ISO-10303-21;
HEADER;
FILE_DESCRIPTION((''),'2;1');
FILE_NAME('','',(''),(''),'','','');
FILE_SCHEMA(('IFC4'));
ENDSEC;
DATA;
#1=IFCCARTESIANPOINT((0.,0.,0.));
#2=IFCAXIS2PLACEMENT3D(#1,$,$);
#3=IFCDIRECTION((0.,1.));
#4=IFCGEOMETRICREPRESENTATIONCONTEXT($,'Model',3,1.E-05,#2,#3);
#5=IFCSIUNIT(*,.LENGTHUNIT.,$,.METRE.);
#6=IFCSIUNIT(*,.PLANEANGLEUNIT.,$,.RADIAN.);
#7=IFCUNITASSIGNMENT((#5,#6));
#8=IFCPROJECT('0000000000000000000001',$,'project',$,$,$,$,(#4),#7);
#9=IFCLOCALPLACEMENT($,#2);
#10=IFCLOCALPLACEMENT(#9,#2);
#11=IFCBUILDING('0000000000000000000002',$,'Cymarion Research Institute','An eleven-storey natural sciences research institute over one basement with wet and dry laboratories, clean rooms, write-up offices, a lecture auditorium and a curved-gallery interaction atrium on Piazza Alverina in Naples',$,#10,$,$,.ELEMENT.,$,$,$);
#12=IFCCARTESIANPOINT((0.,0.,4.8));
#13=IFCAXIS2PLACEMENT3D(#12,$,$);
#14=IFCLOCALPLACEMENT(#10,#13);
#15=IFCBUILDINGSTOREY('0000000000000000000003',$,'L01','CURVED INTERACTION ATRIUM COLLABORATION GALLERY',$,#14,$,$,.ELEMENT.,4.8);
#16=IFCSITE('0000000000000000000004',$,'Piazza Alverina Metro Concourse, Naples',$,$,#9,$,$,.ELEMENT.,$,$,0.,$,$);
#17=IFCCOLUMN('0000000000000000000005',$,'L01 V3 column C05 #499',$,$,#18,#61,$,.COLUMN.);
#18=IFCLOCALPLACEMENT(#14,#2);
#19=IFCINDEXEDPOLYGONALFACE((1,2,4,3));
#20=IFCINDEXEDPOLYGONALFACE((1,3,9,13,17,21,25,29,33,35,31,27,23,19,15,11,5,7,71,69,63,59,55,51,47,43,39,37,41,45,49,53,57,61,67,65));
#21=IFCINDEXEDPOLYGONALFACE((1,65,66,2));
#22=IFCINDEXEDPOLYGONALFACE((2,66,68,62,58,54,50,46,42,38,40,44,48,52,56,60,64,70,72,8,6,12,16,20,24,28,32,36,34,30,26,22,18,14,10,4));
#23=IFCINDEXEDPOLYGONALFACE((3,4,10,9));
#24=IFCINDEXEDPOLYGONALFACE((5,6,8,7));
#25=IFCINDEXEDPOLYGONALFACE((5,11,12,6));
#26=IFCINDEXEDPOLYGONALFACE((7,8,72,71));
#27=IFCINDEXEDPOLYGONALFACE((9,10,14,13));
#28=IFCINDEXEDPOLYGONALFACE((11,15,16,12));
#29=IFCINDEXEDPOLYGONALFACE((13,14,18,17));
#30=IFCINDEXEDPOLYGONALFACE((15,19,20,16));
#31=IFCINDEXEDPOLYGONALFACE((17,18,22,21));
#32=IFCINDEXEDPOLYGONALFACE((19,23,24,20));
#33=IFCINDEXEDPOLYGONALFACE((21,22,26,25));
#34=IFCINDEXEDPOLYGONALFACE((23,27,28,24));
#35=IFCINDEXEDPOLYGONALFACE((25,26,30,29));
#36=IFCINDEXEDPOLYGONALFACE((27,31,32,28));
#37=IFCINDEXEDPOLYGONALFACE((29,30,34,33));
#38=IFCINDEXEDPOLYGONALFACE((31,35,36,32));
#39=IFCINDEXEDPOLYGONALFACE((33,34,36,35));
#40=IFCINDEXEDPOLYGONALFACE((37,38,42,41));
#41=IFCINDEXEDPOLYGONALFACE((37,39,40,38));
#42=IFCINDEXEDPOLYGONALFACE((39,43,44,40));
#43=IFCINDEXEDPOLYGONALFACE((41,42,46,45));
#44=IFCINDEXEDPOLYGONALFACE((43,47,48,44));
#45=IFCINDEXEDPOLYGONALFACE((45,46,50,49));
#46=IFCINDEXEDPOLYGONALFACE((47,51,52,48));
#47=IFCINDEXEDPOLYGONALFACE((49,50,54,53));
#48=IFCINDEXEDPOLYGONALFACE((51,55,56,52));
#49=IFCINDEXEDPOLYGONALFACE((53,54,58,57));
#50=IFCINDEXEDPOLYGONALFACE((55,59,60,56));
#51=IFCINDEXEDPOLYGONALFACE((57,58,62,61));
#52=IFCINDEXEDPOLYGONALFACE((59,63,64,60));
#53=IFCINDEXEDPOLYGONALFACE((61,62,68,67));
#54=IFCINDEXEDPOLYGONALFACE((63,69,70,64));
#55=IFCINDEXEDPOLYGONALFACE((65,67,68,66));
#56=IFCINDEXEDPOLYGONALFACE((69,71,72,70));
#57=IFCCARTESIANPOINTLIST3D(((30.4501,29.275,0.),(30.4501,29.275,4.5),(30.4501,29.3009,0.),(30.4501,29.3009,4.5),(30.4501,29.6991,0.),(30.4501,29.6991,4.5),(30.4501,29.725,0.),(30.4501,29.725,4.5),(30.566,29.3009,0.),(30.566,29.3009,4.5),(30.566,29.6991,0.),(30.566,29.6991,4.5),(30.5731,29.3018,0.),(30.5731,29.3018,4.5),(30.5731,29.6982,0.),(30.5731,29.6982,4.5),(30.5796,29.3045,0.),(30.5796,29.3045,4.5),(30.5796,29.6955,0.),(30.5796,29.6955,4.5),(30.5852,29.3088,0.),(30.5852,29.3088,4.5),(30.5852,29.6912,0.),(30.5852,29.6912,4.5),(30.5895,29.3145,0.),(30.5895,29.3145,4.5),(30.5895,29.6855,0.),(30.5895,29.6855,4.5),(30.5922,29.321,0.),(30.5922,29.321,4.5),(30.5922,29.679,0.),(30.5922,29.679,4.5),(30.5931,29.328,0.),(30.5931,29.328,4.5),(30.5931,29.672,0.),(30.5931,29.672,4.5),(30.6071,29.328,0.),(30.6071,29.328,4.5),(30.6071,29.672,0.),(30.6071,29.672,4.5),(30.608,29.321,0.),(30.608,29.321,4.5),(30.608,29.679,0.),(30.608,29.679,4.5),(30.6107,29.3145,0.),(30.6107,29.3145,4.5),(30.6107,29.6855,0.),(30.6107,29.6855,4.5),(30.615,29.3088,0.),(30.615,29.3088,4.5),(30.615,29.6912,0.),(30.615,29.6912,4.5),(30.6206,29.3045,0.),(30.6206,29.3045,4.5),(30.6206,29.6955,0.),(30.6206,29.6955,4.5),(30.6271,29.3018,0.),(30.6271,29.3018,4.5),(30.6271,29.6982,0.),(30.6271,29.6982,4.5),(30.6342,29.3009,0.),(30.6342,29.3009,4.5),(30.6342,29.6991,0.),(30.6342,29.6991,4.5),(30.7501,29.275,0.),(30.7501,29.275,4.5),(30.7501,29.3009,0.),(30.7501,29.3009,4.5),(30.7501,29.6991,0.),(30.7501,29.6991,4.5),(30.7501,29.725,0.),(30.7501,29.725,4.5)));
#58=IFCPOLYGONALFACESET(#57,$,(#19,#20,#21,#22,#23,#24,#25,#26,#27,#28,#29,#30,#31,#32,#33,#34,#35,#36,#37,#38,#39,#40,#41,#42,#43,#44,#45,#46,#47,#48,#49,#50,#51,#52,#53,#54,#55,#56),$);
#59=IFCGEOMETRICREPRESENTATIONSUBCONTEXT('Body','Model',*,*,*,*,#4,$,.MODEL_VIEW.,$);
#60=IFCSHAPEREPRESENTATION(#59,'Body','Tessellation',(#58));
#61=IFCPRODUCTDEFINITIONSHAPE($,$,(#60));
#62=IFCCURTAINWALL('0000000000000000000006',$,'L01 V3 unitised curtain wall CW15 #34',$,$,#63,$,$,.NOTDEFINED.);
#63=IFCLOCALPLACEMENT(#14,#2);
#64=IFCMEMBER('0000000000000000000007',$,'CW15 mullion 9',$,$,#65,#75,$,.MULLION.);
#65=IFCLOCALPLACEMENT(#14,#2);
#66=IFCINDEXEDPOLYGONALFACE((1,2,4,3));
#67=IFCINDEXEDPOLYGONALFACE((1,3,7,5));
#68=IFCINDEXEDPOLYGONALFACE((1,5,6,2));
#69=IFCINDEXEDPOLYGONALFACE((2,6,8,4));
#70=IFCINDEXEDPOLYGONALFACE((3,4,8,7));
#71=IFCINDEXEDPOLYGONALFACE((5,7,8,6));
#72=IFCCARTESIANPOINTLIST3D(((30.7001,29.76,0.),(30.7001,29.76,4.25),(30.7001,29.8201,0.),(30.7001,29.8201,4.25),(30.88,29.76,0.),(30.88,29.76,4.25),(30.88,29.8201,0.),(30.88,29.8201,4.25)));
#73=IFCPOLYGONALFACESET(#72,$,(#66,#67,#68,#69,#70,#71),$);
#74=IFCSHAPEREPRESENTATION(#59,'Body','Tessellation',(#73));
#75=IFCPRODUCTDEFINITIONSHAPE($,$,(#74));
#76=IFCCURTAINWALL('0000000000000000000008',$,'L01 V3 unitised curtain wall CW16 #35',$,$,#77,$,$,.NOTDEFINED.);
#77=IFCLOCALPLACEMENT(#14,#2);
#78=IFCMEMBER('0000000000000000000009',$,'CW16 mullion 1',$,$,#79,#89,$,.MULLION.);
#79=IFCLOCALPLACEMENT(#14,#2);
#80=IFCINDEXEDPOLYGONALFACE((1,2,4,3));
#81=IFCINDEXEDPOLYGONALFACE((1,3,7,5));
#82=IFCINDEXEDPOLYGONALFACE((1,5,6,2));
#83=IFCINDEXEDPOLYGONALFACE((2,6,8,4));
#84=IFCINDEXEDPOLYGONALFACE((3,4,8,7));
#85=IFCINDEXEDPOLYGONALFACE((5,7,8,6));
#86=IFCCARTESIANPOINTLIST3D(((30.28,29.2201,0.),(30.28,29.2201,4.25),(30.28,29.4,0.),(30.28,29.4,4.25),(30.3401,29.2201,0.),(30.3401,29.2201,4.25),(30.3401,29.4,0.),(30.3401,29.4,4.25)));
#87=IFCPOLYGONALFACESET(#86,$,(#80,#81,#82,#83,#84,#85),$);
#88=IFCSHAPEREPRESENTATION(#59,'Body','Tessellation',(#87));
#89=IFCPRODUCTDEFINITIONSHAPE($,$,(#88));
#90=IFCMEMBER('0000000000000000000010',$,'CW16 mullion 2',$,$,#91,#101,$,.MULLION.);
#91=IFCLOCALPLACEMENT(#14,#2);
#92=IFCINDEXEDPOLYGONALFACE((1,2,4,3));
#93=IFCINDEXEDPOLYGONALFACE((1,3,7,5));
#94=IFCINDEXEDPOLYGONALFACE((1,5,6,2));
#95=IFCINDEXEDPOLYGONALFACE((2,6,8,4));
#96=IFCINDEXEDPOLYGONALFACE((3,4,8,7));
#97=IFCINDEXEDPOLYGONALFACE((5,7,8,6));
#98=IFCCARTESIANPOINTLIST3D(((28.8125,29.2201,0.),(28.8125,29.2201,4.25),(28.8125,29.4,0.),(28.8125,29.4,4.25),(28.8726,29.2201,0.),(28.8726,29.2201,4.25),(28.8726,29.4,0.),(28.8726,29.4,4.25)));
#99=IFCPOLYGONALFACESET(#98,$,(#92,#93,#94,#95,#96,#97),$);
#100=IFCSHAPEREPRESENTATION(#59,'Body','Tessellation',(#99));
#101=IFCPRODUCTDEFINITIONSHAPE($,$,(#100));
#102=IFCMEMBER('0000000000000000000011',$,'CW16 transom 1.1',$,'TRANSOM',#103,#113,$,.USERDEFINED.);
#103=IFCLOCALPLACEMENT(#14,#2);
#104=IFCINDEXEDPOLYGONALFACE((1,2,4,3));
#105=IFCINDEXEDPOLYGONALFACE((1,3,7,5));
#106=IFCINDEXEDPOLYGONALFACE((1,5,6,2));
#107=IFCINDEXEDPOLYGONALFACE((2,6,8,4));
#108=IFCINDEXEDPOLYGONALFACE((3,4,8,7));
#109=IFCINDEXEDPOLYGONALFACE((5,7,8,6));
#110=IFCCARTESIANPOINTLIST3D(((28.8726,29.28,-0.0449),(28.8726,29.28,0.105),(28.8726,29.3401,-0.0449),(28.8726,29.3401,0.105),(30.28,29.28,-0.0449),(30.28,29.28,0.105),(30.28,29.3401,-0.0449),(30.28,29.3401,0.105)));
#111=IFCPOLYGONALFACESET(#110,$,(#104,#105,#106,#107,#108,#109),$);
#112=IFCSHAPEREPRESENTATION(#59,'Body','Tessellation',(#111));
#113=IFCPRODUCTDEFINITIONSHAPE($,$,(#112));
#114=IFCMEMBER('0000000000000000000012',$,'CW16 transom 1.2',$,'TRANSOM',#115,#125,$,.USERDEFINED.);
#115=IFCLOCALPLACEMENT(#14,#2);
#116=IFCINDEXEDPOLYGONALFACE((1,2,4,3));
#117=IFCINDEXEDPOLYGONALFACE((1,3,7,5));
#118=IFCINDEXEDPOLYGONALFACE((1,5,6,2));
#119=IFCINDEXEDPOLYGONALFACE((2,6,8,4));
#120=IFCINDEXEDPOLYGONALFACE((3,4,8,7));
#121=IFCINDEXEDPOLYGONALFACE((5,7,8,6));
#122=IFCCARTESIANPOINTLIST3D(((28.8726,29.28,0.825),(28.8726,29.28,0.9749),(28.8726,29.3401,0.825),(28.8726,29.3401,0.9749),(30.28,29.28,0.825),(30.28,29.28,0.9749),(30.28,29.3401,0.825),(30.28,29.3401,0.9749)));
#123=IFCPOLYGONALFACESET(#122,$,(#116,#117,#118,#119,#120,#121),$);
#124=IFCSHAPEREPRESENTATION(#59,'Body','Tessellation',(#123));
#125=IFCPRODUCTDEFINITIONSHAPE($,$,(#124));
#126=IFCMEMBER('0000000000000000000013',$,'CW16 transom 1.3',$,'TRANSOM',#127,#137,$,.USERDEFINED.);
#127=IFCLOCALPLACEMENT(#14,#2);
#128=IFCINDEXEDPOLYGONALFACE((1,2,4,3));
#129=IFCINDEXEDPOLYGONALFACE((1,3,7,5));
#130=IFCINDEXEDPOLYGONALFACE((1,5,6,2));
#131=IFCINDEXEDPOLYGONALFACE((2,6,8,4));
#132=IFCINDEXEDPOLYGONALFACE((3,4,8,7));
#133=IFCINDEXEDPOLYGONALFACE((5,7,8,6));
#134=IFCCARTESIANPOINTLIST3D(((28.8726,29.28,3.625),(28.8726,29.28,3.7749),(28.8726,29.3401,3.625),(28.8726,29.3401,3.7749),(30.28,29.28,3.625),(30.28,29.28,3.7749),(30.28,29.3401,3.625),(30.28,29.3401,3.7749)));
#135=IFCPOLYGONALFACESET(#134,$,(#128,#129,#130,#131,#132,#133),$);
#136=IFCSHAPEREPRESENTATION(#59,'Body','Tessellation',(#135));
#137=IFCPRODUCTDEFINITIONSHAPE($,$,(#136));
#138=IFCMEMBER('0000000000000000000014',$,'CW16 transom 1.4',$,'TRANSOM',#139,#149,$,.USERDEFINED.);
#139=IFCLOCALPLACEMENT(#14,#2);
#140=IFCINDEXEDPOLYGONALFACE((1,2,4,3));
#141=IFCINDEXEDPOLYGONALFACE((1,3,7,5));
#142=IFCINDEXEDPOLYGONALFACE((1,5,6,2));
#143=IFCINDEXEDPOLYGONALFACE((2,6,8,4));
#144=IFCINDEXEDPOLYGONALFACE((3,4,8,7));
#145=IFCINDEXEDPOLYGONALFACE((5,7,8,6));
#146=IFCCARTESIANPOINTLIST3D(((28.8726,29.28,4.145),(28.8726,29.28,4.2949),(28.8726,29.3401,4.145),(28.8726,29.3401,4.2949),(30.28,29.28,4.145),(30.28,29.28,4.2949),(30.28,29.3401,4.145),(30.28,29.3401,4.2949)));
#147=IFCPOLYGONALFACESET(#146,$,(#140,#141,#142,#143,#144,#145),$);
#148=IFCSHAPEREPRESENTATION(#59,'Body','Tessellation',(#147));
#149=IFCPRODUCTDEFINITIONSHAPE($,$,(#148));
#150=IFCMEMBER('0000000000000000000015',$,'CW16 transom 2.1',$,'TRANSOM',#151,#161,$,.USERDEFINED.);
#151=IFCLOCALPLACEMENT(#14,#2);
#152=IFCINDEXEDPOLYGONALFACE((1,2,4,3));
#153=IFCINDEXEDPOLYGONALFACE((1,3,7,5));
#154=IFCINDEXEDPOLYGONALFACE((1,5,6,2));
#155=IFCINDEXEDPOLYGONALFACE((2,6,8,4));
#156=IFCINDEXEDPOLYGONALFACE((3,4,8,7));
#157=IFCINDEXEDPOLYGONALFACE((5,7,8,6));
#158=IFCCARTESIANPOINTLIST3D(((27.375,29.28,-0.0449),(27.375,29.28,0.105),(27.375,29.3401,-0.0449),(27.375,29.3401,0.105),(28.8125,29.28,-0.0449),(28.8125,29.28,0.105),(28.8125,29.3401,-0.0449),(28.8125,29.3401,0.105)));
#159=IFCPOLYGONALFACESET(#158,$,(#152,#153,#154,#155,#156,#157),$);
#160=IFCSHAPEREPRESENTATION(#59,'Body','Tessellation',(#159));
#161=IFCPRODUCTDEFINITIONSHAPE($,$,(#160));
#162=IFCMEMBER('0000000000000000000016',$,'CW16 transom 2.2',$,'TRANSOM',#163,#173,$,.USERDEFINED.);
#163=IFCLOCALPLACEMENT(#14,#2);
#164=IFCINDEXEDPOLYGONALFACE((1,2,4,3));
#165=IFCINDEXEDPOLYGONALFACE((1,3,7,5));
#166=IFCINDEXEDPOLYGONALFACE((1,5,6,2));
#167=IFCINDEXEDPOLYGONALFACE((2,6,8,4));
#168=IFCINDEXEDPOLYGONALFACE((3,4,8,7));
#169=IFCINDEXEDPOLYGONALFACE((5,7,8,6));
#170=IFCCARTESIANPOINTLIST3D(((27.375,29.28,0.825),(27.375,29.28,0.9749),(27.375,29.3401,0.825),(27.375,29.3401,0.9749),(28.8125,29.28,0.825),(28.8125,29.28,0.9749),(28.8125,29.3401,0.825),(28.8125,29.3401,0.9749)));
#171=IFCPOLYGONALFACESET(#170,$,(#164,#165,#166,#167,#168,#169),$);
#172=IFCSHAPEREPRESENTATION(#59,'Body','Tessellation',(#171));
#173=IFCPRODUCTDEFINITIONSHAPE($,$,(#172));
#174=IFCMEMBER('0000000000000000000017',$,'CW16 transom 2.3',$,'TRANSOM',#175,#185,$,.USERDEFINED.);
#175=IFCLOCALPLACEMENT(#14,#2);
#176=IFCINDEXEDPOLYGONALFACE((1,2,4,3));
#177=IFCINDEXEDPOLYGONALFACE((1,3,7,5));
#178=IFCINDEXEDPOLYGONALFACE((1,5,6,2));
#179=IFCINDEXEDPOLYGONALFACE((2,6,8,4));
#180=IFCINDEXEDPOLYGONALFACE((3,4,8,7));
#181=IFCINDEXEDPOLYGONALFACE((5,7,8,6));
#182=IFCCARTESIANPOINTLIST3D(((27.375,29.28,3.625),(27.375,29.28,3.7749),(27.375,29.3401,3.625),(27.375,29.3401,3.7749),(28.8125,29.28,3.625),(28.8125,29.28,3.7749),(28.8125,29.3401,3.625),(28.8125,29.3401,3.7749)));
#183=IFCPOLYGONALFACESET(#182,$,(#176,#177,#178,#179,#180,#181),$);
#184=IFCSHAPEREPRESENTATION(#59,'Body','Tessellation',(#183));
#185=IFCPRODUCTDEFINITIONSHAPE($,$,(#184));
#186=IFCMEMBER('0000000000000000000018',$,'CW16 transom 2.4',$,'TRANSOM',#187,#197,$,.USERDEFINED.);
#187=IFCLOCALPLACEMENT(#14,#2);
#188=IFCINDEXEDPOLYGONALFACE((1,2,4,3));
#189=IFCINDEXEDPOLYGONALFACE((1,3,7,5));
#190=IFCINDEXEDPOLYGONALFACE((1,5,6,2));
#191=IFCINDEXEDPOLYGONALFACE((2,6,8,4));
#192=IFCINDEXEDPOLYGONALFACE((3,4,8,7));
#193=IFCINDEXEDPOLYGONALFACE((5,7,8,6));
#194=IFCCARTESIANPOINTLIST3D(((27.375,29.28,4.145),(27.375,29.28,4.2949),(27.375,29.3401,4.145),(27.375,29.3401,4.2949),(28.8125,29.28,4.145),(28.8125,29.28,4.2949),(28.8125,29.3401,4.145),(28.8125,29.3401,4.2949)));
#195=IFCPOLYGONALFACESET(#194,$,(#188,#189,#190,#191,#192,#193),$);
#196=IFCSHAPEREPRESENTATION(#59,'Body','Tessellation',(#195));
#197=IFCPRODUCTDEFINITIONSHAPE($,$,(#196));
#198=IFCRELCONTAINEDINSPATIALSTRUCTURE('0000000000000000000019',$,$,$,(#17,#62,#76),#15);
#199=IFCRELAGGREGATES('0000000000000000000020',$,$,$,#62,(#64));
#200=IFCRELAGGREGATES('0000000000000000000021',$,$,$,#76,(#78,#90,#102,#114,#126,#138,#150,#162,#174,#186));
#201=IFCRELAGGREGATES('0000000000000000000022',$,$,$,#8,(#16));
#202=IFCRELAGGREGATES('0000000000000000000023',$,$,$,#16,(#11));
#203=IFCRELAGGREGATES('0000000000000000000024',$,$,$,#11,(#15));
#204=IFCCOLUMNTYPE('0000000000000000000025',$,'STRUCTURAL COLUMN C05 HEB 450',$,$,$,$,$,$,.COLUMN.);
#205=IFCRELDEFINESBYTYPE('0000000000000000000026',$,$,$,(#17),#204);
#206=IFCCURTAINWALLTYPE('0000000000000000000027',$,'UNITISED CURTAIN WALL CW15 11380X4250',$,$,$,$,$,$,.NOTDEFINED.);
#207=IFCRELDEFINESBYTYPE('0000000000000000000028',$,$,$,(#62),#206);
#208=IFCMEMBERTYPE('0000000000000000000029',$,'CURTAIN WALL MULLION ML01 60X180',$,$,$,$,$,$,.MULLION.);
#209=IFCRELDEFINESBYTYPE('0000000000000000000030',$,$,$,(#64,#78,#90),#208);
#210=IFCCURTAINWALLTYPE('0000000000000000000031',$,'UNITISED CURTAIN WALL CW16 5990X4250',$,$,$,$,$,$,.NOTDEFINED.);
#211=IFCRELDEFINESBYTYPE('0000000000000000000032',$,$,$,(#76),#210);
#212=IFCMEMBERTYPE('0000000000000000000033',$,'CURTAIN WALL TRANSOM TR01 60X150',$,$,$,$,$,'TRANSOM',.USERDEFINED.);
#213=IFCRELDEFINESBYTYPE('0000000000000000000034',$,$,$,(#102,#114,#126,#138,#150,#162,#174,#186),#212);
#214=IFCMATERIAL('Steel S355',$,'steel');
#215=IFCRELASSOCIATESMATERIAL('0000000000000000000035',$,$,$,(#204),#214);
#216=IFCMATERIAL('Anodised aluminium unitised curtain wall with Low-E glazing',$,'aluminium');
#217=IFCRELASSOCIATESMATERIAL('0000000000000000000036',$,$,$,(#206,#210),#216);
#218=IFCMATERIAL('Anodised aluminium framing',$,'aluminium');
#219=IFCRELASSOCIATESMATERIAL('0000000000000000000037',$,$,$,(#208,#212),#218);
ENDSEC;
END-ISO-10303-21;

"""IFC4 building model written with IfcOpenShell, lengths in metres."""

from ifc_helpers import new_model, si_unit, direction, frame, origin, origin_2d, place, context, subcontext, project, spatial, rectangle, i_section, extrude, material, material_profile, profile_set, type_object, element, aggregate, save


model = new_model("IFC4")

# Units and contexts
model_context = context("Model", 3, precision=1e-05, world=origin(), true_north=direction((0.0, 1.0)))
body_context = subcontext(model_context, "Body", "Model", "MODEL_VIEW")
ifc_project = project(units=[si_unit("LENGTHUNIT", "METRE"), si_unit("PLANEANGLEUNIT", "RADIAN")], contexts=[model_context])

# Site, building, storey
site_placement = place(None, origin())
site = spatial("IfcSite", under=ifc_project, at=site_placement, Name="Piazza Alverina Metro Concourse, Naples", CompositionType="ELEMENT", RefElevation=0.0)
building_placement = place(site_placement, origin())
building = spatial("IfcBuilding", under=site, at=building_placement, Name="Cymarion Research Institute", Description="An eleven-storey natural sciences research institute over one basement with wet and dry laboratories, clean rooms, write-up offices, a lecture auditorium and a curved-gallery interaction atrium on Piazza Alverina in Naples", CompositionType="ELEMENT")
storey_placement = place(building_placement, frame((0.0, 0.0, 4.8)))
storey = spatial("IfcBuildingStorey", under=building, at=storey_placement, Name="L01", Description="CURVED INTERACTION ATRIUM COLLABORATION GALLERY", CompositionType="ELEMENT", Elevation=4.8)

# Column
ifc_material_1 = material(Name="Steel S355", Category="steel")
ifc_material_profile_1 = material_profile(ifc_material_1, i_section(OverallWidth=0.3, OverallDepth=0.45, WebThickness=0.0139, FlangeThickness=0.0259, FilletRadius=0.0271, at=origin_2d()), Name="HEB 450")
ifc_profile_set_1 = profile_set([ifc_material_profile_1], Name="Steel S355")
column_type = type_object("IfcColumnType", Name="STRUCTURAL COLUMN C05 HEB 450", PredefinedType="COLUMN", material=ifc_profile_set_1)
column_placement = place(storey_placement, frame((30.6001, 29.5, 0.0), z_axis=(0.0, 0.0, 1.0), x_axis=(1.0, 0.0, 0.0)))
element("IfcColumn", 1, at=column_placement, inside=storey, type_object=column_type, Name="L01 V3 column C05 #499", PredefinedType="COLUMN", context=body_context, shape_type="SweptSolid", body=[
    extrude(i_section(OverallWidth=0.3, OverallDepth=0.45, WebThickness=0.0139, FlangeThickness=0.0259, FilletRadius=0.0271, at=origin_2d()), origin(), (0.0, 0.0, 1.0), 4.5),
])

# Curtain wall, member
ifc_material_2 = material(Name="Anodised aluminium unitised curtain wall with Low-E glazing", Category="aluminium")
curtain_wall_type_1 = type_object("IfcCurtainWallType", Name="UNITISED CURTAIN WALL CW15 11380X4250", PredefinedType="NOTDEFINED", material=ifc_material_2)
curtain_wall_1_placement = place(storey_placement, origin())
curtain_wall_1 = element("IfcCurtainWall", 2, at=curtain_wall_1_placement, inside=storey, type_object=curtain_wall_type_1, Name="L01 V3 unitised curtain wall CW15 #34", PredefinedType="NOTDEFINED")
ifc_material_3 = material(Name="Anodised aluminium framing", Category="aluminium")
ifc_material_profile_2 = material_profile(ifc_material_3, rectangle(XDim=0.0601, YDim=0.1799, at=origin_2d()), Name="ALU MULLION 60x180")
ifc_profile_set_2 = profile_set([ifc_material_profile_2], Name="Anodised aluminium framing")
member_type_1 = type_object("IfcMemberType", Name="CURTAIN WALL MULLION ML01 60X180", PredefinedType="MULLION", material=ifc_profile_set_2)
member_1_placement = place(storey_placement, frame((30.79, 29.79, 0.0), z_axis=(0.0, 0.0, 1.0), x_axis=(0.0, -1.0, 0.0)))
member_1 = element("IfcMember", 3, at=member_1_placement, type_object=member_type_1, Name="CW15 mullion 9", PredefinedType="MULLION", context=body_context, shape_type="SweptSolid", body=[
    extrude(rectangle(XDim=0.0601, YDim=0.1799, at=origin_2d()), origin(), (0.0, 0.0, 1.0), 4.25),
])

# Curtain wall, members
curtain_wall_type_2 = type_object("IfcCurtainWallType", Name="UNITISED CURTAIN WALL CW16 5990X4250", PredefinedType="NOTDEFINED", material=ifc_material_2)
curtain_wall_2_placement = place(storey_placement, origin())
curtain_wall_2 = element("IfcCurtainWall", 4, at=curtain_wall_2_placement, inside=storey, type_object=curtain_wall_type_2, Name="L01 V3 unitised curtain wall CW16 #35", PredefinedType="NOTDEFINED")
member_2_placement = place(storey_placement, frame((30.3101, 29.3101, 0.0), z_axis=(0.0, 0.0, 1.0), x_axis=(-1.0, 0.0, 0.0)))
member_2 = element("IfcMember", 5, at=member_2_placement, type_object=member_type_1, Name="CW16 mullion 1", PredefinedType="MULLION", context=body_context, shape_type="SweptSolid", body=[
    extrude(rectangle(XDim=0.0601, YDim=0.1799, at=origin_2d()), origin(), (0.0, 0.0, 1.0), 4.25),
])
member_3_placement = place(storey_placement, frame((28.8425, 29.3101, 0.0), z_axis=(0.0, 0.0, 1.0), x_axis=(-1.0, 0.0, 0.0)))
member_3 = element("IfcMember", 6, at=member_3_placement, type_object=member_type_1, Name="CW16 mullion 2", PredefinedType="MULLION", context=body_context, shape_type="SweptSolid", body=[
    extrude(rectangle(XDim=0.0601, YDim=0.1799, at=origin_2d()), origin(), (0.0, 0.0, 1.0), 4.25),
])
ifc_material_profile_3 = material_profile(ifc_material_3, rectangle(XDim=0.0601, YDim=0.1499, at=origin_2d()), Name="ALU TRANSOM 60x150")
ifc_profile_set_3 = profile_set([ifc_material_profile_3], Name="Anodised aluminium framing")
member_type_2 = type_object("IfcMemberType", Name="CURTAIN WALL TRANSOM TR01 60X150", ElementType="TRANSOM", PredefinedType="USERDEFINED", material=ifc_profile_set_3)
member_4_placement = place(storey_placement, frame((30.28, 29.3101, 0.03), z_axis=(-1.0, 0.0, 0.0), x_axis=(0.0, -1.0, 0.0)))
member_4 = element("IfcMember", 7, at=member_4_placement, type_object=member_type_2, Name="CW16 transom 1.1", ObjectType="TRANSOM", PredefinedType="USERDEFINED", context=body_context, shape_type="SweptSolid", body=[
    extrude(rectangle(XDim=0.0601, YDim=0.1499, at=origin_2d()), origin(), (0.0, 0.0, 1.0), 1.4075),
])
member_5_placement = place(storey_placement, frame((30.28, 29.3101, 0.8999), z_axis=(-1.0, 0.0, 0.0), x_axis=(0.0, -1.0, 0.0)))
member_5 = element("IfcMember", 8, at=member_5_placement, type_object=member_type_2, Name="CW16 transom 1.2", ObjectType="TRANSOM", PredefinedType="USERDEFINED", context=body_context, shape_type="SweptSolid", body=[
    extrude(rectangle(XDim=0.0601, YDim=0.1499, at=origin_2d()), origin(), (0.0, 0.0, 1.0), 1.4075),
])
member_6_placement = place(storey_placement, frame((30.28, 29.3101, 3.7), z_axis=(-1.0, 0.0, 0.0), x_axis=(0.0, -1.0, 0.0)))
member_6 = element("IfcMember", 9, at=member_6_placement, type_object=member_type_2, Name="CW16 transom 1.3", ObjectType="TRANSOM", PredefinedType="USERDEFINED", context=body_context, shape_type="SweptSolid", body=[
    extrude(rectangle(XDim=0.0601, YDim=0.1499, at=origin_2d()), origin(), (0.0, 0.0, 1.0), 1.4075),
])
member_7_placement = place(storey_placement, frame((30.28, 29.3101, 4.22), z_axis=(-1.0, 0.0, 0.0), x_axis=(0.0, -1.0, 0.0)))
member_7 = element("IfcMember", 10, at=member_7_placement, type_object=member_type_2, Name="CW16 transom 1.4", ObjectType="TRANSOM", PredefinedType="USERDEFINED", context=body_context, shape_type="SweptSolid", body=[
    extrude(rectangle(XDim=0.0601, YDim=0.1499, at=origin_2d()), origin(), (0.0, 0.0, 1.0), 1.4075),
])
member_8_placement = place(storey_placement, frame((28.8125, 29.3101, 0.03), z_axis=(-1.0, 0.0, 0.0), x_axis=(0.0, -1.0, 0.0)))
member_8 = element("IfcMember", 11, at=member_8_placement, type_object=member_type_2, Name="CW16 transom 2.1", ObjectType="TRANSOM", PredefinedType="USERDEFINED", context=body_context, shape_type="SweptSolid", body=[
    extrude(rectangle(XDim=0.0601, YDim=0.1499, at=origin_2d()), origin(), (0.0, 0.0, 1.0), 1.4375),
])
member_9_placement = place(storey_placement, frame((28.8125, 29.3101, 0.8999), z_axis=(-1.0, 0.0, 0.0), x_axis=(0.0, -1.0, 0.0)))
member_9 = element("IfcMember", 12, at=member_9_placement, type_object=member_type_2, Name="CW16 transom 2.2", ObjectType="TRANSOM", PredefinedType="USERDEFINED", context=body_context, shape_type="SweptSolid", body=[
    extrude(rectangle(XDim=0.0601, YDim=0.1499, at=origin_2d()), origin(), (0.0, 0.0, 1.0), 1.4375),
])
member_10_placement = place(storey_placement, frame((28.8125, 29.3101, 3.7), z_axis=(-1.0, 0.0, 0.0), x_axis=(0.0, -1.0, 0.0)))
member_10 = element("IfcMember", 13, at=member_10_placement, type_object=member_type_2, Name="CW16 transom 2.3", ObjectType="TRANSOM", PredefinedType="USERDEFINED", context=body_context, shape_type="SweptSolid", body=[
    extrude(rectangle(XDim=0.0601, YDim=0.1499, at=origin_2d()), origin(), (0.0, 0.0, 1.0), 1.4375),
])
member_11_placement = place(storey_placement, frame((28.8125, 29.3101, 4.22), z_axis=(-1.0, 0.0, 0.0), x_axis=(0.0, -1.0, 0.0)))
member_11 = element("IfcMember", 14, at=member_11_placement, type_object=member_type_2, Name="CW16 transom 2.4", ObjectType="TRANSOM", PredefinedType="USERDEFINED", context=body_context, shape_type="SweptSolid", body=[
    extrude(rectangle(XDim=0.0601, YDim=0.1499, at=origin_2d()), origin(), (0.0, 0.0, 1.0), 1.4375),
])

aggregate(curtain_wall_1, [member_1])
aggregate(curtain_wall_2, [member_2, member_3, member_4, member_5, member_6, member_7, member_8, member_9, member_10, member_11])

save(model, "model.ifc")
